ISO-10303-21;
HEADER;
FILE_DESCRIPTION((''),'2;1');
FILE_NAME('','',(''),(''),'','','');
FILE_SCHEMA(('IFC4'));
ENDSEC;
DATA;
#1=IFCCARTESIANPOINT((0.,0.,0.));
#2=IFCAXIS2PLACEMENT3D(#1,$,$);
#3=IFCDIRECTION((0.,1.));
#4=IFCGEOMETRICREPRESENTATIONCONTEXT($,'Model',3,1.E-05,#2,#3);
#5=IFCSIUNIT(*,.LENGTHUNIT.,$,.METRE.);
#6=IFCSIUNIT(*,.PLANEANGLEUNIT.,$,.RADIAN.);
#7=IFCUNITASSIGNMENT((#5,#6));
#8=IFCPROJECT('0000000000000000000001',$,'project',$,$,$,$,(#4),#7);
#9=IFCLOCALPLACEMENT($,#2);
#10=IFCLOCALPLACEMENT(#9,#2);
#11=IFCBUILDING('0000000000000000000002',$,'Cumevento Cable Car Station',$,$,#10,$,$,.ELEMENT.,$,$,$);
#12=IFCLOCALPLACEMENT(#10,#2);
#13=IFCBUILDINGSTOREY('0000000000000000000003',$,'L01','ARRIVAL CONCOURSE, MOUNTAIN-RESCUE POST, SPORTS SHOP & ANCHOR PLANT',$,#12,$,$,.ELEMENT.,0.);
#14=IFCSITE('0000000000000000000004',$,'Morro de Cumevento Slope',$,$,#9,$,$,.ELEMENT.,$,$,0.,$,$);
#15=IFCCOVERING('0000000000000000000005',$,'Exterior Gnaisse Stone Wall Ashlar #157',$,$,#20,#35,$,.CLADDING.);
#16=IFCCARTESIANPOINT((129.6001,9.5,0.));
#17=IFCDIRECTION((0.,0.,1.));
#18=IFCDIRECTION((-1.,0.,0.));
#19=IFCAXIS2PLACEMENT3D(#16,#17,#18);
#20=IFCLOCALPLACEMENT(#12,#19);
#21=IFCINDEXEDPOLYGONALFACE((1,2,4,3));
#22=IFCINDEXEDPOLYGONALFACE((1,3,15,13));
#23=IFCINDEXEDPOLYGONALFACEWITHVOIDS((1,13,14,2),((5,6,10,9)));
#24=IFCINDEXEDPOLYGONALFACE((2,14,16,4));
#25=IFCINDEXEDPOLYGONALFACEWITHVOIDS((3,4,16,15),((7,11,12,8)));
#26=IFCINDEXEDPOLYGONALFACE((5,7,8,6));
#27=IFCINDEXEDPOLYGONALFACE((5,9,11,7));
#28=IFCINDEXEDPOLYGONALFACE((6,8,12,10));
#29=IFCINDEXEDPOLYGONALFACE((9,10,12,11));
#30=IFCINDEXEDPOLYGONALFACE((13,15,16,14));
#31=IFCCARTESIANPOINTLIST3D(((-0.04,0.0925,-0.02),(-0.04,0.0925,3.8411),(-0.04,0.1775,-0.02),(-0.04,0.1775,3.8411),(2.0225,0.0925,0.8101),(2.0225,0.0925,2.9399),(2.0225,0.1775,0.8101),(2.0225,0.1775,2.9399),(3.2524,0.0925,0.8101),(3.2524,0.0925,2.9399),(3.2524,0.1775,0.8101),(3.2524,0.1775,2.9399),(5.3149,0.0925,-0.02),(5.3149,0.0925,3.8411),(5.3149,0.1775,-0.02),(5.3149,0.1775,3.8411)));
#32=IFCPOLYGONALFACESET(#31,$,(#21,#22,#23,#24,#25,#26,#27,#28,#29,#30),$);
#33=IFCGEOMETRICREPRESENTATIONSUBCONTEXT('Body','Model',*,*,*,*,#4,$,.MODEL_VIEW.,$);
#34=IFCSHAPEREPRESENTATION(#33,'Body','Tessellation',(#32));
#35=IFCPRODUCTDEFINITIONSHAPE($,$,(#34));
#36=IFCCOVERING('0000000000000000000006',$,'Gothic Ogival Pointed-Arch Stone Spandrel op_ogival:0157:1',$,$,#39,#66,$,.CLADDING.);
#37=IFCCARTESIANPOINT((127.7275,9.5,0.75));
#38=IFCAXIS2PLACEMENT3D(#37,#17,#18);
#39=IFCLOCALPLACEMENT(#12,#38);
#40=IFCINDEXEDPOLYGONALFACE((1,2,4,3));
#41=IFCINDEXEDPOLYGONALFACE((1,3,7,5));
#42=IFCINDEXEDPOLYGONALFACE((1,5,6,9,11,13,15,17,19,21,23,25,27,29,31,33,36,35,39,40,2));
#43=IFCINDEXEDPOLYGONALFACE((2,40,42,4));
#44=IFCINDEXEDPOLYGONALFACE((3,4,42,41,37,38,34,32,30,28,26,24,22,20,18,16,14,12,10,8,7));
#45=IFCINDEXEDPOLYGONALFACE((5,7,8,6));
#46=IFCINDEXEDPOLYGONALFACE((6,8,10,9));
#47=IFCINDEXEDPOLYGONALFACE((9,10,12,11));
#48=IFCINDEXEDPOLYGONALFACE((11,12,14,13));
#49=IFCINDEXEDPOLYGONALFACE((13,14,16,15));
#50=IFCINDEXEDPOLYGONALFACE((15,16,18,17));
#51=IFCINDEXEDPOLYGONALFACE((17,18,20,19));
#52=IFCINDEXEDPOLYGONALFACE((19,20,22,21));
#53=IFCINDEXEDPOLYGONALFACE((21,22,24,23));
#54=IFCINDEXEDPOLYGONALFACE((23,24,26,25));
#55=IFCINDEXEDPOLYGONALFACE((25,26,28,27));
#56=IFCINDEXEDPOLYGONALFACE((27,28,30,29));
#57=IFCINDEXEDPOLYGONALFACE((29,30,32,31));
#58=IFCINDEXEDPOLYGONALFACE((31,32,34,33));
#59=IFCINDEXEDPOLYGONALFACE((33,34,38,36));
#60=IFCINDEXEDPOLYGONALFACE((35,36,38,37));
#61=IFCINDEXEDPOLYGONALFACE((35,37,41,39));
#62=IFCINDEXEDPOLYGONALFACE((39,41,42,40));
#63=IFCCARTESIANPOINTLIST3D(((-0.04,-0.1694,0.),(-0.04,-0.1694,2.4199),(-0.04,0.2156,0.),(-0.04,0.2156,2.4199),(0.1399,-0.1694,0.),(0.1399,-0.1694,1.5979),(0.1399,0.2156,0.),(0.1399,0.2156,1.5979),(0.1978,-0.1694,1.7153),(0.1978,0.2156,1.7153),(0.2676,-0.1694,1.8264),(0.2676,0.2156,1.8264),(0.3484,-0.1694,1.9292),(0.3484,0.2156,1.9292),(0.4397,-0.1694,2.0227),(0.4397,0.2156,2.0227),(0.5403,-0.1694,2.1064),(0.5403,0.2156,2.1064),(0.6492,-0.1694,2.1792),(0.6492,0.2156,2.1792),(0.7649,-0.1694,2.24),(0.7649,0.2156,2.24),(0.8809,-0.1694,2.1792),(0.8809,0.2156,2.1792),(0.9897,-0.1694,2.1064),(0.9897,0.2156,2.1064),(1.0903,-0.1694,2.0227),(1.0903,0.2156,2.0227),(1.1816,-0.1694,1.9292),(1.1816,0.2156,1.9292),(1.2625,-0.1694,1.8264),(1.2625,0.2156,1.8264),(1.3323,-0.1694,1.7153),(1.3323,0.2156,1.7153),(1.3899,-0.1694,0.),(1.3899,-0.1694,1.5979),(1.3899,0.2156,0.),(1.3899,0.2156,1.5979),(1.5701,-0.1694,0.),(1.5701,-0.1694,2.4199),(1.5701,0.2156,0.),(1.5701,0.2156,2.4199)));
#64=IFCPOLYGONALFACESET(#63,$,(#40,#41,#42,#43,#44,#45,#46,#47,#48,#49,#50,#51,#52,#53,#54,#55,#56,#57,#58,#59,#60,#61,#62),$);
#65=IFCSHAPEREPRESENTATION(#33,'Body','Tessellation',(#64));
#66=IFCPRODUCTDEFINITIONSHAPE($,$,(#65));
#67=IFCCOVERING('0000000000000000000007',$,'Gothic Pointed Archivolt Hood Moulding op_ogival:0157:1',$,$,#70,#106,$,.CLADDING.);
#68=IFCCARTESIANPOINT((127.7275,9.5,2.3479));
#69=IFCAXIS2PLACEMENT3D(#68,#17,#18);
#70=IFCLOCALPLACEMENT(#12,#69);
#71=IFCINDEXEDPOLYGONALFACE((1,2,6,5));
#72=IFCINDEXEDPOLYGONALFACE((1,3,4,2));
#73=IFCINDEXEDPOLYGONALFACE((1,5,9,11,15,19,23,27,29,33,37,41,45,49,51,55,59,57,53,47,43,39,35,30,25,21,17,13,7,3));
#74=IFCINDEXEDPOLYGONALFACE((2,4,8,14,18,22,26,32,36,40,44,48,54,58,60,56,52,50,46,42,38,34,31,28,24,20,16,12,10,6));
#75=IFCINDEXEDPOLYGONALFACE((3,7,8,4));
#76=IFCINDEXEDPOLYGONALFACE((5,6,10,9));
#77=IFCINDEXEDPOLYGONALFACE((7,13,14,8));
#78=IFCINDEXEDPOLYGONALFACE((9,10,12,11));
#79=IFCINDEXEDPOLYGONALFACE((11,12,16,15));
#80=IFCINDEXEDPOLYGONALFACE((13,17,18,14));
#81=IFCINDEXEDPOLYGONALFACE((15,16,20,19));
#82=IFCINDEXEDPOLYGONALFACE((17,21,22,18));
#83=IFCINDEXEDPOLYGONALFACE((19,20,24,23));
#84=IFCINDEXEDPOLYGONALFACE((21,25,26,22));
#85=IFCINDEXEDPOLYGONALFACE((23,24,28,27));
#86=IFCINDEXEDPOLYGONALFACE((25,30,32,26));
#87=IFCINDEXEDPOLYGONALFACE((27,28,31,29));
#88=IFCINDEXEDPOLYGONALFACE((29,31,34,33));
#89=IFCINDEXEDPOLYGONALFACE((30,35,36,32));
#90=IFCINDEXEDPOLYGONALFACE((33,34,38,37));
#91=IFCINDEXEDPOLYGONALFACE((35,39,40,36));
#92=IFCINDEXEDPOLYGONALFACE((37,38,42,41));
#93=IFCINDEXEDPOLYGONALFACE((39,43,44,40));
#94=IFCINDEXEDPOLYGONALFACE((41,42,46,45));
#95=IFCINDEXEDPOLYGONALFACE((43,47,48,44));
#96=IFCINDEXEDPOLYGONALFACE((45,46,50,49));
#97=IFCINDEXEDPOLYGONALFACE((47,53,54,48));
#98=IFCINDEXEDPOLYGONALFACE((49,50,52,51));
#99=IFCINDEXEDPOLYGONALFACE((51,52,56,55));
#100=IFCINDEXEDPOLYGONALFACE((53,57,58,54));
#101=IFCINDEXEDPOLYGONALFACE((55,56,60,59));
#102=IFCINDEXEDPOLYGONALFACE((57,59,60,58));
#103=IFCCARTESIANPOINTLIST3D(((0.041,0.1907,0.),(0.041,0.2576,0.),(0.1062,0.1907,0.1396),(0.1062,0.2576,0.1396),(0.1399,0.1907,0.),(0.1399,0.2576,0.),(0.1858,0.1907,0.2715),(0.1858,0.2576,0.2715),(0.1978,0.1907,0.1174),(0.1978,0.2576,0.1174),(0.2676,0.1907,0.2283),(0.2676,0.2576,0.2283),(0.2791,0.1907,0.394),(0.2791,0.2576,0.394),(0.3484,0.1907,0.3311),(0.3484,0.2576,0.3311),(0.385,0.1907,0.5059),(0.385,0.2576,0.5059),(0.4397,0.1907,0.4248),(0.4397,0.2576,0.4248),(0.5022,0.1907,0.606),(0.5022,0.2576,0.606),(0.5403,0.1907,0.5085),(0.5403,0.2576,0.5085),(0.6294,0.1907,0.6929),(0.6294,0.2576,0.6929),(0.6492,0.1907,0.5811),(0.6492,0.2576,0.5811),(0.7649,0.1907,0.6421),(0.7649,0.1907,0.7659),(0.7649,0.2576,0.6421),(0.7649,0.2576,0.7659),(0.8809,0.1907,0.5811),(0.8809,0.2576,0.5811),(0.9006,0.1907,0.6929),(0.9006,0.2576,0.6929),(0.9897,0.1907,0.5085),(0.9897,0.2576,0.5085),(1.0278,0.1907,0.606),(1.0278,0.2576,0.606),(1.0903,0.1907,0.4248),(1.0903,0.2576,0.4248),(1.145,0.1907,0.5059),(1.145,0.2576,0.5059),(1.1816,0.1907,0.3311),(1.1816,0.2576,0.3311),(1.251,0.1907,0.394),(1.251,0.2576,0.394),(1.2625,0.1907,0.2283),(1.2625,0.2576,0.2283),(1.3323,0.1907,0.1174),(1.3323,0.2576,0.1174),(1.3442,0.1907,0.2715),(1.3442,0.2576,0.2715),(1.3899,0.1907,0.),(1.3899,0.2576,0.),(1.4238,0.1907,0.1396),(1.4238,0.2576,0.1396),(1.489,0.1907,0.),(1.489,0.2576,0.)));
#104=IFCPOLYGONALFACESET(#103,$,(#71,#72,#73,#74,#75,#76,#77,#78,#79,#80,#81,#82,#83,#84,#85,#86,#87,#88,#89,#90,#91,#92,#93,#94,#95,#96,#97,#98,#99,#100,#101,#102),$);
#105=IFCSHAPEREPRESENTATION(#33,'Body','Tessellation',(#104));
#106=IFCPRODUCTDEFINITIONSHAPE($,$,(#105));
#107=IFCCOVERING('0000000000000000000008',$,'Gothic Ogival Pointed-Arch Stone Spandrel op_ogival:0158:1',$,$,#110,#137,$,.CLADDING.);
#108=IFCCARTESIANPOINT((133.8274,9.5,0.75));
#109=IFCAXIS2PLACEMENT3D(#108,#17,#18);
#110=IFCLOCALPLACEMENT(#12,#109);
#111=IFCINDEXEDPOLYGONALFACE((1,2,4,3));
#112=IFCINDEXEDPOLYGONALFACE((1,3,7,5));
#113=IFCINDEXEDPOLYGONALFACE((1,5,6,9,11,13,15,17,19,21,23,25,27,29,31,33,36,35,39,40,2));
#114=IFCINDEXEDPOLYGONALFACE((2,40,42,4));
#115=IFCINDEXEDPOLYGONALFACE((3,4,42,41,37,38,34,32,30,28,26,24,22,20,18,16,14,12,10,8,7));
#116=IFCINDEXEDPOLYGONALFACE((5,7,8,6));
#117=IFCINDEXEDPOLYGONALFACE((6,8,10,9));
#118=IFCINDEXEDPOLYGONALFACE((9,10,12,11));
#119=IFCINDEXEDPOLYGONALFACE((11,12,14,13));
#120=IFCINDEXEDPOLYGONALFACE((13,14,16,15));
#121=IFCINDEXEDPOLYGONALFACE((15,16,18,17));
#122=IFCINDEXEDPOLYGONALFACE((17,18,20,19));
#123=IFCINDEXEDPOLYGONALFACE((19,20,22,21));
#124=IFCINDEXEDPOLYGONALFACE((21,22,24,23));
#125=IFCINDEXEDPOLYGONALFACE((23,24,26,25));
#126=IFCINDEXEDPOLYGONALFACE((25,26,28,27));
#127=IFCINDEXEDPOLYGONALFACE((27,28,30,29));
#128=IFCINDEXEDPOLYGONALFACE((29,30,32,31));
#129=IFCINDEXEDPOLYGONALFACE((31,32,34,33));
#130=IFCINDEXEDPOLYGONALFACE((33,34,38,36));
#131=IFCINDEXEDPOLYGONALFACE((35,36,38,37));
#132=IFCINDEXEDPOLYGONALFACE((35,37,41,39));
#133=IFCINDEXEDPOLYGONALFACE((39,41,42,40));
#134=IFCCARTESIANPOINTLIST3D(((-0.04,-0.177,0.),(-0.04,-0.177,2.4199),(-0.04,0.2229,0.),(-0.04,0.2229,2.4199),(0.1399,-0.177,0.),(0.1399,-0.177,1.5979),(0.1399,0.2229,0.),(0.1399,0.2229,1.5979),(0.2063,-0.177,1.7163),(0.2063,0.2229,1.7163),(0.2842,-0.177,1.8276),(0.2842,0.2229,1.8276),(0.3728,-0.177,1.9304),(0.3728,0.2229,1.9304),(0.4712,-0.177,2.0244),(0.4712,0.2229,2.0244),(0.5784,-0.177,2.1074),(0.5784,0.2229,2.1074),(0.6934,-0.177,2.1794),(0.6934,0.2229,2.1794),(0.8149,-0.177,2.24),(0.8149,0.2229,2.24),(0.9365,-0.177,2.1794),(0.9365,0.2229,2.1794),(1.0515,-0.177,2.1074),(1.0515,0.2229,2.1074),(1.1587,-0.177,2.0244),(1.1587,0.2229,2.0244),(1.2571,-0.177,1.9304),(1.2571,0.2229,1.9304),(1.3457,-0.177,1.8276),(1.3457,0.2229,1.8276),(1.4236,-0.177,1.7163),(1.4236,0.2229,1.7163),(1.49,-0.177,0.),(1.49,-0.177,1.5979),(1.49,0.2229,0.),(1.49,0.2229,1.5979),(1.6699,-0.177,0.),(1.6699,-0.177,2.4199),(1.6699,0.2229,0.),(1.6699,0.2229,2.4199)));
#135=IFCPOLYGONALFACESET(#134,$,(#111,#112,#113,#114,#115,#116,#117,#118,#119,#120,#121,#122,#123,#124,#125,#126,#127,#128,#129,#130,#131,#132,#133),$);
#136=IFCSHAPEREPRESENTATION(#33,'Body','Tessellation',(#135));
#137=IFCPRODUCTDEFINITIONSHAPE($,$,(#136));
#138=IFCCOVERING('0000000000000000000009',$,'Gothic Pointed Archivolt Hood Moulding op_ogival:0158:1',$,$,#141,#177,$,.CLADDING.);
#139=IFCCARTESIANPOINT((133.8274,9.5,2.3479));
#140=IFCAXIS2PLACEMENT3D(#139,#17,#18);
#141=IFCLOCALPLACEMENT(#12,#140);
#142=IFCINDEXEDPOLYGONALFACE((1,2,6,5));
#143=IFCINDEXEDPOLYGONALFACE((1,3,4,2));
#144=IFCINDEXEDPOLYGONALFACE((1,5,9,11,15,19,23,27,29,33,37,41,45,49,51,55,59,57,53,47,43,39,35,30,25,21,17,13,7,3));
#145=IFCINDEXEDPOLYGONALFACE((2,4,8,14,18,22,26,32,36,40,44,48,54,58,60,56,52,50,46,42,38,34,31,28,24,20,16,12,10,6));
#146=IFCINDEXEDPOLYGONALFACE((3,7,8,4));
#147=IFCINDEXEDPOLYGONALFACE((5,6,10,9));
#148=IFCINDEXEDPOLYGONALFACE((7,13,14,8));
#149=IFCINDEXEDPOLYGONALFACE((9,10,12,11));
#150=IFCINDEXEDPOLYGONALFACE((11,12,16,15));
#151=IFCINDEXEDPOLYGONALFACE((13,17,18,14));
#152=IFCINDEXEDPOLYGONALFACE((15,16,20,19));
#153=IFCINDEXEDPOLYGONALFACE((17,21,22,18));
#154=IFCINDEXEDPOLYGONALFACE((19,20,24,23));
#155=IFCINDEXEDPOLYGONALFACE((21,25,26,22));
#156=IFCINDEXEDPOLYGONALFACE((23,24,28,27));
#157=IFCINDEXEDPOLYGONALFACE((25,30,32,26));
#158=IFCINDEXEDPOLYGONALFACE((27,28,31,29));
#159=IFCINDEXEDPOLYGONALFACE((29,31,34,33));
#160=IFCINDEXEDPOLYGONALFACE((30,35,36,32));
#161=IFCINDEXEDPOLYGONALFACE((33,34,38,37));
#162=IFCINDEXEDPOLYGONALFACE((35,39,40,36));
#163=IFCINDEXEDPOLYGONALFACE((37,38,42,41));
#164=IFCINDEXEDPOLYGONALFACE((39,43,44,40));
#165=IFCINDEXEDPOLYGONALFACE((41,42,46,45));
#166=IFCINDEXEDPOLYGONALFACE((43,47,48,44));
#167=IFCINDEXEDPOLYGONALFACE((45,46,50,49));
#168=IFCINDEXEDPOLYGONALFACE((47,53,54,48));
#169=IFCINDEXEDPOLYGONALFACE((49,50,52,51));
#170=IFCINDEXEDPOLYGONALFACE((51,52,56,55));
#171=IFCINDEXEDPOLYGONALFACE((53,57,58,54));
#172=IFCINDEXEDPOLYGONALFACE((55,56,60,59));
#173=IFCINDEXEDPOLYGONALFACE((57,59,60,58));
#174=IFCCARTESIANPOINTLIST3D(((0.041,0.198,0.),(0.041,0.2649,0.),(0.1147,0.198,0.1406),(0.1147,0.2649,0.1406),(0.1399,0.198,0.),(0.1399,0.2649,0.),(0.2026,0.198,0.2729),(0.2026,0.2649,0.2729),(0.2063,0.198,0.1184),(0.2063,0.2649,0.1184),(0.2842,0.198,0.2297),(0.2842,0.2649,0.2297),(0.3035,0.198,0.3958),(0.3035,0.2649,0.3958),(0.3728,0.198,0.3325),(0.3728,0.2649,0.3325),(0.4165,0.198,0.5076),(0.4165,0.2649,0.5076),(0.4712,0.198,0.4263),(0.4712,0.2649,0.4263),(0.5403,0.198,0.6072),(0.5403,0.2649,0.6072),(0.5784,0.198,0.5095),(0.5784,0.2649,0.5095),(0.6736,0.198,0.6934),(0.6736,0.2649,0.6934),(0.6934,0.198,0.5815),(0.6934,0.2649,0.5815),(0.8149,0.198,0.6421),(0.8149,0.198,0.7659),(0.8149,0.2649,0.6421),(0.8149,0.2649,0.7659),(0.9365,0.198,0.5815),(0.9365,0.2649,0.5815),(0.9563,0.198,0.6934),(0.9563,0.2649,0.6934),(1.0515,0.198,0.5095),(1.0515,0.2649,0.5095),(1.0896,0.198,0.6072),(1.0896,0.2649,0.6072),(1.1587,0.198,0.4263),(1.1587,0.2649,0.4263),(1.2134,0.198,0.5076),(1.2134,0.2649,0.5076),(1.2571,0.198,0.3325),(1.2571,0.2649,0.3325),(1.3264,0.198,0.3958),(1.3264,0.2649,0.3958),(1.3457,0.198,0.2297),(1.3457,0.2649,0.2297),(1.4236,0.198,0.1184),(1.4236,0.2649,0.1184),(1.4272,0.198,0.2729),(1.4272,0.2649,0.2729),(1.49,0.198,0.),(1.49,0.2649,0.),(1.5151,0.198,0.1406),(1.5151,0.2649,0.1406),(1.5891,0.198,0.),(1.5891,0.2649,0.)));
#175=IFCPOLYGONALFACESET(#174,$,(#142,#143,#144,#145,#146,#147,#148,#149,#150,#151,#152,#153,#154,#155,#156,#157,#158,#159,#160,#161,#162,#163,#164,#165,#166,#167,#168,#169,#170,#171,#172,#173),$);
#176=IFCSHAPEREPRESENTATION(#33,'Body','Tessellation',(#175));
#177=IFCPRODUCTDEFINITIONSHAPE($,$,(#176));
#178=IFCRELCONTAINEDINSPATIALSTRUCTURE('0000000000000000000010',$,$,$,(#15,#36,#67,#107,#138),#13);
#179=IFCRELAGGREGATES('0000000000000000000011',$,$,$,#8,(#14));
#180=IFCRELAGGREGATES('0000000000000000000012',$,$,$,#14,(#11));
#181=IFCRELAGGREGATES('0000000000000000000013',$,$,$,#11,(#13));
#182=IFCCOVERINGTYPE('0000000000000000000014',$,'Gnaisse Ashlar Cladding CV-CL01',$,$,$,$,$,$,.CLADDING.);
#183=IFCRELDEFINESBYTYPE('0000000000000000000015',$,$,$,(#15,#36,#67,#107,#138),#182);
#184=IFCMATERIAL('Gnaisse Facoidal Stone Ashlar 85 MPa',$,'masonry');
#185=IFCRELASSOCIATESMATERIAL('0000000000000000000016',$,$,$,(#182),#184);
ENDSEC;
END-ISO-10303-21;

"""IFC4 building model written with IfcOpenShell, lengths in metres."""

from ifc_helpers import new_model, si_unit, direction, frame, origin, place, context, subcontext, project, spatial, polyline, outline, extrude, material, type_object, element, save


model = new_model("IFC4")

# Units and contexts
model_context = context("Model", 3, precision=1e-05, world=origin(), true_north=direction((0.0, 1.0)))
body_context = subcontext(model_context, "Body", "Model", "MODEL_VIEW")
ifc_project = project(units=[si_unit("LENGTHUNIT", "METRE"), si_unit("PLANEANGLEUNIT", "RADIAN")], contexts=[model_context])

# Site, building, storey
site_placement = place(None, origin())
site = spatial("IfcSite", under=ifc_project, at=site_placement, Name="Morro de Cumevento Slope", CompositionType="ELEMENT", RefElevation=0.0)
building_placement = place(site_placement, origin())
building = spatial("IfcBuilding", under=site, at=building_placement, Name="Cumevento Cable Car Station", CompositionType="ELEMENT")
storey_placement = place(building_placement, origin())
storey = spatial("IfcBuildingStorey", under=building, at=storey_placement, Name="L01", Description="ARRIVAL CONCOURSE, MOUNTAIN-RESCUE POST, SPORTS SHOP & ANCHOR PLANT", CompositionType="ELEMENT", Elevation=0.0)

# Coverings
ifc_material_1 = material(Name="Gnaisse Facoidal Stone Ashlar 85 MPa", Category="masonry")
covering_type = type_object("IfcCoveringType", Name="Gnaisse Ashlar Cladding CV-CL01", PredefinedType="CLADDING", material=ifc_material_1)
covering_1_placement = place(storey_placement, frame((129.6001, 9.5, 0.0), z_axis=(0.0, 0.0, 1.0), x_axis=(-1.0, 0.0, 0.0)))
element("IfcCovering", 1, at=covering_1_placement, inside=storey, type_object=covering_type, Name="Exterior Gnaisse Stone Wall Ashlar #157", PredefinedType="CLADDING", context=body_context, shape_type="SweptSolid", body=[
    extrude(outline(polyline([(-0.04, -0.02), (5.3149, -0.02), (5.3149, 3.8411), (-0.04, 3.8411), (-0.04, -0.02)]), holes=[polyline([(2.0225, 0.8101), (3.2524, 0.8101), (3.2524, 2.9399), (2.0225, 2.9399), (2.0225, 0.8101)])]), frame((0.0, 0.1775, 0.0), z_axis=(0.0, -1.0, 0.0), x_axis=(1.0, 0.0, 0.0)), (0.0, 0.0, 1.0), 0.085),
])
covering_2_placement = place(storey_placement, frame((127.7275, 9.5, 0.75), z_axis=(0.0, 0.0, 1.0), x_axis=(-1.0, 0.0, 0.0)))
element("IfcCovering", 2, at=covering_2_placement, inside=storey, type_object=covering_type, Name="Gothic Ogival Pointed-Arch Stone Spandrel op_ogival:0157:1", PredefinedType="CLADDING", context=body_context, shape_type="SweptSolid", body=[
    extrude(outline(polyline([(-0.04, 0.0), (-0.04, 2.4199), (1.5701, 2.4199), (1.5701, 0.0), (1.3899, 0.0), (1.3899, 1.5979), (1.3323, 1.7153), (1.2625, 1.8264), (1.1816, 1.9292), (1.0903, 2.0227), (0.9897, 2.1064), (0.8809, 2.1792), (0.7649, 2.24), (0.6492, 2.1792), (0.5403, 2.1064), (0.4397, 2.0227), (0.3484, 1.9292), (0.2676, 1.8264), (0.1978, 1.7153), (0.1399, 1.5979), (0.1399, 0.0), (-0.04, 0.0)])), frame((0.0, 0.2156, 0.0), z_axis=(0.0, -1.0, 0.0), x_axis=(1.0, 0.0, 0.0)), (0.0, 0.0, 1.0), 0.385),
])
covering_3_placement = place(storey_placement, frame((127.7275, 9.5, 2.3479), z_axis=(0.0, 0.0, 1.0), x_axis=(-1.0, 0.0, 0.0)))
element("IfcCovering", 3, at=covering_3_placement, inside=storey, type_object=covering_type, Name="Gothic Pointed Archivolt Hood Moulding op_ogival:0157:1", PredefinedType="CLADDING", context=body_context, shape_type="SweptSolid", body=[
    extrude(outline(polyline([(0.1399, 0.0), (0.1978, 0.1174), (0.2676, 0.2283), (0.3484, 0.3311), (0.4397, 0.4248), (0.5403, 0.5085), (0.6492, 0.5811), (0.7649, 0.6421), (0.8809, 0.5811), (0.9897, 0.5085), (1.0903, 0.4248), (1.1816, 0.3311), (1.2625, 0.2283), (1.3323, 0.1174), (1.3899, 0.0), (1.489, 0.0), (1.4238, 0.1396), (1.3442, 0.2715), (1.251, 0.394), (1.145, 0.5059), (1.0278, 0.606), (0.9006, 0.6929), (0.7649, 0.7659), (0.6294, 0.6929), (0.5022, 0.606), (0.385, 0.5059), (0.2791, 0.394), (0.1858, 0.2715), (0.1062, 0.1396), (0.041, 0.0), (0.1399, 0.0)])), frame((0.0, 0.2576, 0.0), z_axis=(0.0, -1.0, 0.0), x_axis=(1.0, 0.0, 0.0)), (0.0, 0.0, 1.0), 0.0669),
])
covering_4_placement = place(storey_placement, frame((133.8274, 9.5, 0.75), z_axis=(0.0, 0.0, 1.0), x_axis=(-1.0, 0.0, 0.0)))
element("IfcCovering", 4, at=covering_4_placement, inside=storey, type_object=covering_type, Name="Gothic Ogival Pointed-Arch Stone Spandrel op_ogival:0158:1", PredefinedType="CLADDING", context=body_context, shape_type="SweptSolid", body=[
    extrude(outline(polyline([(-0.04, 0.0), (-0.04, 2.4199), (1.6699, 2.4199), (1.6699, 0.0), (1.49, 0.0), (1.49, 1.5979), (1.4236, 1.7163), (1.3457, 1.8276), (1.2571, 1.9304), (1.1587, 2.0244), (1.0515, 2.1074), (0.9365, 2.1794), (0.8149, 2.24), (0.6934, 2.1794), (0.5784, 2.1074), (0.4712, 2.0244), (0.3728, 1.9304), (0.2842, 1.8276), (0.2063, 1.7163), (0.1399, 1.5979), (0.1399, 0.0), (-0.04, 0.0)])), frame((0.0, 0.2229, 0.0), z_axis=(0.0, -1.0, 0.0), x_axis=(1.0, 0.0, 0.0)), (0.0, 0.0, 1.0), 0.3999),
])
covering_5_placement = place(storey_placement, frame((133.8274, 9.5, 2.3479), z_axis=(0.0, 0.0, 1.0), x_axis=(-1.0, 0.0, 0.0)))
element("IfcCovering", 5, at=covering_5_placement, inside=storey, type_object=covering_type, Name="Gothic Pointed Archivolt Hood Moulding op_ogival:0158:1", PredefinedType="CLADDING", context=body_context, shape_type="SweptSolid", body=[
    extrude(outline(polyline([(0.1399, 0.0), (0.2063, 0.1184), (0.2842, 0.2297), (0.3728, 0.3325), (0.4712, 0.4263), (0.5784, 0.5095), (0.6934, 0.5815), (0.8149, 0.6421), (0.9365, 0.5815), (1.0515, 0.5095), (1.1587, 0.4263), (1.2571, 0.3325), (1.3457, 0.2297), (1.4236, 0.1184), (1.49, 0.0), (1.5891, 0.0), (1.5151, 0.1406), (1.4272, 0.2729), (1.3264, 0.3958), (1.2134, 0.5076), (1.0896, 0.6072), (0.9563, 0.6934), (0.8149, 0.7659), (0.6736, 0.6934), (0.5403, 0.6072), (0.4165, 0.5076), (0.3035, 0.3958), (0.2026, 0.2729), (0.1147, 0.1406), (0.041, 0.0), (0.1399, 0.0)])), frame((0.0, 0.2649, 0.0), z_axis=(0.0, -1.0, 0.0), x_axis=(1.0, 0.0, 0.0)), (0.0, 0.0, 1.0), 0.0669),
])

save(model, "model.ifc")
